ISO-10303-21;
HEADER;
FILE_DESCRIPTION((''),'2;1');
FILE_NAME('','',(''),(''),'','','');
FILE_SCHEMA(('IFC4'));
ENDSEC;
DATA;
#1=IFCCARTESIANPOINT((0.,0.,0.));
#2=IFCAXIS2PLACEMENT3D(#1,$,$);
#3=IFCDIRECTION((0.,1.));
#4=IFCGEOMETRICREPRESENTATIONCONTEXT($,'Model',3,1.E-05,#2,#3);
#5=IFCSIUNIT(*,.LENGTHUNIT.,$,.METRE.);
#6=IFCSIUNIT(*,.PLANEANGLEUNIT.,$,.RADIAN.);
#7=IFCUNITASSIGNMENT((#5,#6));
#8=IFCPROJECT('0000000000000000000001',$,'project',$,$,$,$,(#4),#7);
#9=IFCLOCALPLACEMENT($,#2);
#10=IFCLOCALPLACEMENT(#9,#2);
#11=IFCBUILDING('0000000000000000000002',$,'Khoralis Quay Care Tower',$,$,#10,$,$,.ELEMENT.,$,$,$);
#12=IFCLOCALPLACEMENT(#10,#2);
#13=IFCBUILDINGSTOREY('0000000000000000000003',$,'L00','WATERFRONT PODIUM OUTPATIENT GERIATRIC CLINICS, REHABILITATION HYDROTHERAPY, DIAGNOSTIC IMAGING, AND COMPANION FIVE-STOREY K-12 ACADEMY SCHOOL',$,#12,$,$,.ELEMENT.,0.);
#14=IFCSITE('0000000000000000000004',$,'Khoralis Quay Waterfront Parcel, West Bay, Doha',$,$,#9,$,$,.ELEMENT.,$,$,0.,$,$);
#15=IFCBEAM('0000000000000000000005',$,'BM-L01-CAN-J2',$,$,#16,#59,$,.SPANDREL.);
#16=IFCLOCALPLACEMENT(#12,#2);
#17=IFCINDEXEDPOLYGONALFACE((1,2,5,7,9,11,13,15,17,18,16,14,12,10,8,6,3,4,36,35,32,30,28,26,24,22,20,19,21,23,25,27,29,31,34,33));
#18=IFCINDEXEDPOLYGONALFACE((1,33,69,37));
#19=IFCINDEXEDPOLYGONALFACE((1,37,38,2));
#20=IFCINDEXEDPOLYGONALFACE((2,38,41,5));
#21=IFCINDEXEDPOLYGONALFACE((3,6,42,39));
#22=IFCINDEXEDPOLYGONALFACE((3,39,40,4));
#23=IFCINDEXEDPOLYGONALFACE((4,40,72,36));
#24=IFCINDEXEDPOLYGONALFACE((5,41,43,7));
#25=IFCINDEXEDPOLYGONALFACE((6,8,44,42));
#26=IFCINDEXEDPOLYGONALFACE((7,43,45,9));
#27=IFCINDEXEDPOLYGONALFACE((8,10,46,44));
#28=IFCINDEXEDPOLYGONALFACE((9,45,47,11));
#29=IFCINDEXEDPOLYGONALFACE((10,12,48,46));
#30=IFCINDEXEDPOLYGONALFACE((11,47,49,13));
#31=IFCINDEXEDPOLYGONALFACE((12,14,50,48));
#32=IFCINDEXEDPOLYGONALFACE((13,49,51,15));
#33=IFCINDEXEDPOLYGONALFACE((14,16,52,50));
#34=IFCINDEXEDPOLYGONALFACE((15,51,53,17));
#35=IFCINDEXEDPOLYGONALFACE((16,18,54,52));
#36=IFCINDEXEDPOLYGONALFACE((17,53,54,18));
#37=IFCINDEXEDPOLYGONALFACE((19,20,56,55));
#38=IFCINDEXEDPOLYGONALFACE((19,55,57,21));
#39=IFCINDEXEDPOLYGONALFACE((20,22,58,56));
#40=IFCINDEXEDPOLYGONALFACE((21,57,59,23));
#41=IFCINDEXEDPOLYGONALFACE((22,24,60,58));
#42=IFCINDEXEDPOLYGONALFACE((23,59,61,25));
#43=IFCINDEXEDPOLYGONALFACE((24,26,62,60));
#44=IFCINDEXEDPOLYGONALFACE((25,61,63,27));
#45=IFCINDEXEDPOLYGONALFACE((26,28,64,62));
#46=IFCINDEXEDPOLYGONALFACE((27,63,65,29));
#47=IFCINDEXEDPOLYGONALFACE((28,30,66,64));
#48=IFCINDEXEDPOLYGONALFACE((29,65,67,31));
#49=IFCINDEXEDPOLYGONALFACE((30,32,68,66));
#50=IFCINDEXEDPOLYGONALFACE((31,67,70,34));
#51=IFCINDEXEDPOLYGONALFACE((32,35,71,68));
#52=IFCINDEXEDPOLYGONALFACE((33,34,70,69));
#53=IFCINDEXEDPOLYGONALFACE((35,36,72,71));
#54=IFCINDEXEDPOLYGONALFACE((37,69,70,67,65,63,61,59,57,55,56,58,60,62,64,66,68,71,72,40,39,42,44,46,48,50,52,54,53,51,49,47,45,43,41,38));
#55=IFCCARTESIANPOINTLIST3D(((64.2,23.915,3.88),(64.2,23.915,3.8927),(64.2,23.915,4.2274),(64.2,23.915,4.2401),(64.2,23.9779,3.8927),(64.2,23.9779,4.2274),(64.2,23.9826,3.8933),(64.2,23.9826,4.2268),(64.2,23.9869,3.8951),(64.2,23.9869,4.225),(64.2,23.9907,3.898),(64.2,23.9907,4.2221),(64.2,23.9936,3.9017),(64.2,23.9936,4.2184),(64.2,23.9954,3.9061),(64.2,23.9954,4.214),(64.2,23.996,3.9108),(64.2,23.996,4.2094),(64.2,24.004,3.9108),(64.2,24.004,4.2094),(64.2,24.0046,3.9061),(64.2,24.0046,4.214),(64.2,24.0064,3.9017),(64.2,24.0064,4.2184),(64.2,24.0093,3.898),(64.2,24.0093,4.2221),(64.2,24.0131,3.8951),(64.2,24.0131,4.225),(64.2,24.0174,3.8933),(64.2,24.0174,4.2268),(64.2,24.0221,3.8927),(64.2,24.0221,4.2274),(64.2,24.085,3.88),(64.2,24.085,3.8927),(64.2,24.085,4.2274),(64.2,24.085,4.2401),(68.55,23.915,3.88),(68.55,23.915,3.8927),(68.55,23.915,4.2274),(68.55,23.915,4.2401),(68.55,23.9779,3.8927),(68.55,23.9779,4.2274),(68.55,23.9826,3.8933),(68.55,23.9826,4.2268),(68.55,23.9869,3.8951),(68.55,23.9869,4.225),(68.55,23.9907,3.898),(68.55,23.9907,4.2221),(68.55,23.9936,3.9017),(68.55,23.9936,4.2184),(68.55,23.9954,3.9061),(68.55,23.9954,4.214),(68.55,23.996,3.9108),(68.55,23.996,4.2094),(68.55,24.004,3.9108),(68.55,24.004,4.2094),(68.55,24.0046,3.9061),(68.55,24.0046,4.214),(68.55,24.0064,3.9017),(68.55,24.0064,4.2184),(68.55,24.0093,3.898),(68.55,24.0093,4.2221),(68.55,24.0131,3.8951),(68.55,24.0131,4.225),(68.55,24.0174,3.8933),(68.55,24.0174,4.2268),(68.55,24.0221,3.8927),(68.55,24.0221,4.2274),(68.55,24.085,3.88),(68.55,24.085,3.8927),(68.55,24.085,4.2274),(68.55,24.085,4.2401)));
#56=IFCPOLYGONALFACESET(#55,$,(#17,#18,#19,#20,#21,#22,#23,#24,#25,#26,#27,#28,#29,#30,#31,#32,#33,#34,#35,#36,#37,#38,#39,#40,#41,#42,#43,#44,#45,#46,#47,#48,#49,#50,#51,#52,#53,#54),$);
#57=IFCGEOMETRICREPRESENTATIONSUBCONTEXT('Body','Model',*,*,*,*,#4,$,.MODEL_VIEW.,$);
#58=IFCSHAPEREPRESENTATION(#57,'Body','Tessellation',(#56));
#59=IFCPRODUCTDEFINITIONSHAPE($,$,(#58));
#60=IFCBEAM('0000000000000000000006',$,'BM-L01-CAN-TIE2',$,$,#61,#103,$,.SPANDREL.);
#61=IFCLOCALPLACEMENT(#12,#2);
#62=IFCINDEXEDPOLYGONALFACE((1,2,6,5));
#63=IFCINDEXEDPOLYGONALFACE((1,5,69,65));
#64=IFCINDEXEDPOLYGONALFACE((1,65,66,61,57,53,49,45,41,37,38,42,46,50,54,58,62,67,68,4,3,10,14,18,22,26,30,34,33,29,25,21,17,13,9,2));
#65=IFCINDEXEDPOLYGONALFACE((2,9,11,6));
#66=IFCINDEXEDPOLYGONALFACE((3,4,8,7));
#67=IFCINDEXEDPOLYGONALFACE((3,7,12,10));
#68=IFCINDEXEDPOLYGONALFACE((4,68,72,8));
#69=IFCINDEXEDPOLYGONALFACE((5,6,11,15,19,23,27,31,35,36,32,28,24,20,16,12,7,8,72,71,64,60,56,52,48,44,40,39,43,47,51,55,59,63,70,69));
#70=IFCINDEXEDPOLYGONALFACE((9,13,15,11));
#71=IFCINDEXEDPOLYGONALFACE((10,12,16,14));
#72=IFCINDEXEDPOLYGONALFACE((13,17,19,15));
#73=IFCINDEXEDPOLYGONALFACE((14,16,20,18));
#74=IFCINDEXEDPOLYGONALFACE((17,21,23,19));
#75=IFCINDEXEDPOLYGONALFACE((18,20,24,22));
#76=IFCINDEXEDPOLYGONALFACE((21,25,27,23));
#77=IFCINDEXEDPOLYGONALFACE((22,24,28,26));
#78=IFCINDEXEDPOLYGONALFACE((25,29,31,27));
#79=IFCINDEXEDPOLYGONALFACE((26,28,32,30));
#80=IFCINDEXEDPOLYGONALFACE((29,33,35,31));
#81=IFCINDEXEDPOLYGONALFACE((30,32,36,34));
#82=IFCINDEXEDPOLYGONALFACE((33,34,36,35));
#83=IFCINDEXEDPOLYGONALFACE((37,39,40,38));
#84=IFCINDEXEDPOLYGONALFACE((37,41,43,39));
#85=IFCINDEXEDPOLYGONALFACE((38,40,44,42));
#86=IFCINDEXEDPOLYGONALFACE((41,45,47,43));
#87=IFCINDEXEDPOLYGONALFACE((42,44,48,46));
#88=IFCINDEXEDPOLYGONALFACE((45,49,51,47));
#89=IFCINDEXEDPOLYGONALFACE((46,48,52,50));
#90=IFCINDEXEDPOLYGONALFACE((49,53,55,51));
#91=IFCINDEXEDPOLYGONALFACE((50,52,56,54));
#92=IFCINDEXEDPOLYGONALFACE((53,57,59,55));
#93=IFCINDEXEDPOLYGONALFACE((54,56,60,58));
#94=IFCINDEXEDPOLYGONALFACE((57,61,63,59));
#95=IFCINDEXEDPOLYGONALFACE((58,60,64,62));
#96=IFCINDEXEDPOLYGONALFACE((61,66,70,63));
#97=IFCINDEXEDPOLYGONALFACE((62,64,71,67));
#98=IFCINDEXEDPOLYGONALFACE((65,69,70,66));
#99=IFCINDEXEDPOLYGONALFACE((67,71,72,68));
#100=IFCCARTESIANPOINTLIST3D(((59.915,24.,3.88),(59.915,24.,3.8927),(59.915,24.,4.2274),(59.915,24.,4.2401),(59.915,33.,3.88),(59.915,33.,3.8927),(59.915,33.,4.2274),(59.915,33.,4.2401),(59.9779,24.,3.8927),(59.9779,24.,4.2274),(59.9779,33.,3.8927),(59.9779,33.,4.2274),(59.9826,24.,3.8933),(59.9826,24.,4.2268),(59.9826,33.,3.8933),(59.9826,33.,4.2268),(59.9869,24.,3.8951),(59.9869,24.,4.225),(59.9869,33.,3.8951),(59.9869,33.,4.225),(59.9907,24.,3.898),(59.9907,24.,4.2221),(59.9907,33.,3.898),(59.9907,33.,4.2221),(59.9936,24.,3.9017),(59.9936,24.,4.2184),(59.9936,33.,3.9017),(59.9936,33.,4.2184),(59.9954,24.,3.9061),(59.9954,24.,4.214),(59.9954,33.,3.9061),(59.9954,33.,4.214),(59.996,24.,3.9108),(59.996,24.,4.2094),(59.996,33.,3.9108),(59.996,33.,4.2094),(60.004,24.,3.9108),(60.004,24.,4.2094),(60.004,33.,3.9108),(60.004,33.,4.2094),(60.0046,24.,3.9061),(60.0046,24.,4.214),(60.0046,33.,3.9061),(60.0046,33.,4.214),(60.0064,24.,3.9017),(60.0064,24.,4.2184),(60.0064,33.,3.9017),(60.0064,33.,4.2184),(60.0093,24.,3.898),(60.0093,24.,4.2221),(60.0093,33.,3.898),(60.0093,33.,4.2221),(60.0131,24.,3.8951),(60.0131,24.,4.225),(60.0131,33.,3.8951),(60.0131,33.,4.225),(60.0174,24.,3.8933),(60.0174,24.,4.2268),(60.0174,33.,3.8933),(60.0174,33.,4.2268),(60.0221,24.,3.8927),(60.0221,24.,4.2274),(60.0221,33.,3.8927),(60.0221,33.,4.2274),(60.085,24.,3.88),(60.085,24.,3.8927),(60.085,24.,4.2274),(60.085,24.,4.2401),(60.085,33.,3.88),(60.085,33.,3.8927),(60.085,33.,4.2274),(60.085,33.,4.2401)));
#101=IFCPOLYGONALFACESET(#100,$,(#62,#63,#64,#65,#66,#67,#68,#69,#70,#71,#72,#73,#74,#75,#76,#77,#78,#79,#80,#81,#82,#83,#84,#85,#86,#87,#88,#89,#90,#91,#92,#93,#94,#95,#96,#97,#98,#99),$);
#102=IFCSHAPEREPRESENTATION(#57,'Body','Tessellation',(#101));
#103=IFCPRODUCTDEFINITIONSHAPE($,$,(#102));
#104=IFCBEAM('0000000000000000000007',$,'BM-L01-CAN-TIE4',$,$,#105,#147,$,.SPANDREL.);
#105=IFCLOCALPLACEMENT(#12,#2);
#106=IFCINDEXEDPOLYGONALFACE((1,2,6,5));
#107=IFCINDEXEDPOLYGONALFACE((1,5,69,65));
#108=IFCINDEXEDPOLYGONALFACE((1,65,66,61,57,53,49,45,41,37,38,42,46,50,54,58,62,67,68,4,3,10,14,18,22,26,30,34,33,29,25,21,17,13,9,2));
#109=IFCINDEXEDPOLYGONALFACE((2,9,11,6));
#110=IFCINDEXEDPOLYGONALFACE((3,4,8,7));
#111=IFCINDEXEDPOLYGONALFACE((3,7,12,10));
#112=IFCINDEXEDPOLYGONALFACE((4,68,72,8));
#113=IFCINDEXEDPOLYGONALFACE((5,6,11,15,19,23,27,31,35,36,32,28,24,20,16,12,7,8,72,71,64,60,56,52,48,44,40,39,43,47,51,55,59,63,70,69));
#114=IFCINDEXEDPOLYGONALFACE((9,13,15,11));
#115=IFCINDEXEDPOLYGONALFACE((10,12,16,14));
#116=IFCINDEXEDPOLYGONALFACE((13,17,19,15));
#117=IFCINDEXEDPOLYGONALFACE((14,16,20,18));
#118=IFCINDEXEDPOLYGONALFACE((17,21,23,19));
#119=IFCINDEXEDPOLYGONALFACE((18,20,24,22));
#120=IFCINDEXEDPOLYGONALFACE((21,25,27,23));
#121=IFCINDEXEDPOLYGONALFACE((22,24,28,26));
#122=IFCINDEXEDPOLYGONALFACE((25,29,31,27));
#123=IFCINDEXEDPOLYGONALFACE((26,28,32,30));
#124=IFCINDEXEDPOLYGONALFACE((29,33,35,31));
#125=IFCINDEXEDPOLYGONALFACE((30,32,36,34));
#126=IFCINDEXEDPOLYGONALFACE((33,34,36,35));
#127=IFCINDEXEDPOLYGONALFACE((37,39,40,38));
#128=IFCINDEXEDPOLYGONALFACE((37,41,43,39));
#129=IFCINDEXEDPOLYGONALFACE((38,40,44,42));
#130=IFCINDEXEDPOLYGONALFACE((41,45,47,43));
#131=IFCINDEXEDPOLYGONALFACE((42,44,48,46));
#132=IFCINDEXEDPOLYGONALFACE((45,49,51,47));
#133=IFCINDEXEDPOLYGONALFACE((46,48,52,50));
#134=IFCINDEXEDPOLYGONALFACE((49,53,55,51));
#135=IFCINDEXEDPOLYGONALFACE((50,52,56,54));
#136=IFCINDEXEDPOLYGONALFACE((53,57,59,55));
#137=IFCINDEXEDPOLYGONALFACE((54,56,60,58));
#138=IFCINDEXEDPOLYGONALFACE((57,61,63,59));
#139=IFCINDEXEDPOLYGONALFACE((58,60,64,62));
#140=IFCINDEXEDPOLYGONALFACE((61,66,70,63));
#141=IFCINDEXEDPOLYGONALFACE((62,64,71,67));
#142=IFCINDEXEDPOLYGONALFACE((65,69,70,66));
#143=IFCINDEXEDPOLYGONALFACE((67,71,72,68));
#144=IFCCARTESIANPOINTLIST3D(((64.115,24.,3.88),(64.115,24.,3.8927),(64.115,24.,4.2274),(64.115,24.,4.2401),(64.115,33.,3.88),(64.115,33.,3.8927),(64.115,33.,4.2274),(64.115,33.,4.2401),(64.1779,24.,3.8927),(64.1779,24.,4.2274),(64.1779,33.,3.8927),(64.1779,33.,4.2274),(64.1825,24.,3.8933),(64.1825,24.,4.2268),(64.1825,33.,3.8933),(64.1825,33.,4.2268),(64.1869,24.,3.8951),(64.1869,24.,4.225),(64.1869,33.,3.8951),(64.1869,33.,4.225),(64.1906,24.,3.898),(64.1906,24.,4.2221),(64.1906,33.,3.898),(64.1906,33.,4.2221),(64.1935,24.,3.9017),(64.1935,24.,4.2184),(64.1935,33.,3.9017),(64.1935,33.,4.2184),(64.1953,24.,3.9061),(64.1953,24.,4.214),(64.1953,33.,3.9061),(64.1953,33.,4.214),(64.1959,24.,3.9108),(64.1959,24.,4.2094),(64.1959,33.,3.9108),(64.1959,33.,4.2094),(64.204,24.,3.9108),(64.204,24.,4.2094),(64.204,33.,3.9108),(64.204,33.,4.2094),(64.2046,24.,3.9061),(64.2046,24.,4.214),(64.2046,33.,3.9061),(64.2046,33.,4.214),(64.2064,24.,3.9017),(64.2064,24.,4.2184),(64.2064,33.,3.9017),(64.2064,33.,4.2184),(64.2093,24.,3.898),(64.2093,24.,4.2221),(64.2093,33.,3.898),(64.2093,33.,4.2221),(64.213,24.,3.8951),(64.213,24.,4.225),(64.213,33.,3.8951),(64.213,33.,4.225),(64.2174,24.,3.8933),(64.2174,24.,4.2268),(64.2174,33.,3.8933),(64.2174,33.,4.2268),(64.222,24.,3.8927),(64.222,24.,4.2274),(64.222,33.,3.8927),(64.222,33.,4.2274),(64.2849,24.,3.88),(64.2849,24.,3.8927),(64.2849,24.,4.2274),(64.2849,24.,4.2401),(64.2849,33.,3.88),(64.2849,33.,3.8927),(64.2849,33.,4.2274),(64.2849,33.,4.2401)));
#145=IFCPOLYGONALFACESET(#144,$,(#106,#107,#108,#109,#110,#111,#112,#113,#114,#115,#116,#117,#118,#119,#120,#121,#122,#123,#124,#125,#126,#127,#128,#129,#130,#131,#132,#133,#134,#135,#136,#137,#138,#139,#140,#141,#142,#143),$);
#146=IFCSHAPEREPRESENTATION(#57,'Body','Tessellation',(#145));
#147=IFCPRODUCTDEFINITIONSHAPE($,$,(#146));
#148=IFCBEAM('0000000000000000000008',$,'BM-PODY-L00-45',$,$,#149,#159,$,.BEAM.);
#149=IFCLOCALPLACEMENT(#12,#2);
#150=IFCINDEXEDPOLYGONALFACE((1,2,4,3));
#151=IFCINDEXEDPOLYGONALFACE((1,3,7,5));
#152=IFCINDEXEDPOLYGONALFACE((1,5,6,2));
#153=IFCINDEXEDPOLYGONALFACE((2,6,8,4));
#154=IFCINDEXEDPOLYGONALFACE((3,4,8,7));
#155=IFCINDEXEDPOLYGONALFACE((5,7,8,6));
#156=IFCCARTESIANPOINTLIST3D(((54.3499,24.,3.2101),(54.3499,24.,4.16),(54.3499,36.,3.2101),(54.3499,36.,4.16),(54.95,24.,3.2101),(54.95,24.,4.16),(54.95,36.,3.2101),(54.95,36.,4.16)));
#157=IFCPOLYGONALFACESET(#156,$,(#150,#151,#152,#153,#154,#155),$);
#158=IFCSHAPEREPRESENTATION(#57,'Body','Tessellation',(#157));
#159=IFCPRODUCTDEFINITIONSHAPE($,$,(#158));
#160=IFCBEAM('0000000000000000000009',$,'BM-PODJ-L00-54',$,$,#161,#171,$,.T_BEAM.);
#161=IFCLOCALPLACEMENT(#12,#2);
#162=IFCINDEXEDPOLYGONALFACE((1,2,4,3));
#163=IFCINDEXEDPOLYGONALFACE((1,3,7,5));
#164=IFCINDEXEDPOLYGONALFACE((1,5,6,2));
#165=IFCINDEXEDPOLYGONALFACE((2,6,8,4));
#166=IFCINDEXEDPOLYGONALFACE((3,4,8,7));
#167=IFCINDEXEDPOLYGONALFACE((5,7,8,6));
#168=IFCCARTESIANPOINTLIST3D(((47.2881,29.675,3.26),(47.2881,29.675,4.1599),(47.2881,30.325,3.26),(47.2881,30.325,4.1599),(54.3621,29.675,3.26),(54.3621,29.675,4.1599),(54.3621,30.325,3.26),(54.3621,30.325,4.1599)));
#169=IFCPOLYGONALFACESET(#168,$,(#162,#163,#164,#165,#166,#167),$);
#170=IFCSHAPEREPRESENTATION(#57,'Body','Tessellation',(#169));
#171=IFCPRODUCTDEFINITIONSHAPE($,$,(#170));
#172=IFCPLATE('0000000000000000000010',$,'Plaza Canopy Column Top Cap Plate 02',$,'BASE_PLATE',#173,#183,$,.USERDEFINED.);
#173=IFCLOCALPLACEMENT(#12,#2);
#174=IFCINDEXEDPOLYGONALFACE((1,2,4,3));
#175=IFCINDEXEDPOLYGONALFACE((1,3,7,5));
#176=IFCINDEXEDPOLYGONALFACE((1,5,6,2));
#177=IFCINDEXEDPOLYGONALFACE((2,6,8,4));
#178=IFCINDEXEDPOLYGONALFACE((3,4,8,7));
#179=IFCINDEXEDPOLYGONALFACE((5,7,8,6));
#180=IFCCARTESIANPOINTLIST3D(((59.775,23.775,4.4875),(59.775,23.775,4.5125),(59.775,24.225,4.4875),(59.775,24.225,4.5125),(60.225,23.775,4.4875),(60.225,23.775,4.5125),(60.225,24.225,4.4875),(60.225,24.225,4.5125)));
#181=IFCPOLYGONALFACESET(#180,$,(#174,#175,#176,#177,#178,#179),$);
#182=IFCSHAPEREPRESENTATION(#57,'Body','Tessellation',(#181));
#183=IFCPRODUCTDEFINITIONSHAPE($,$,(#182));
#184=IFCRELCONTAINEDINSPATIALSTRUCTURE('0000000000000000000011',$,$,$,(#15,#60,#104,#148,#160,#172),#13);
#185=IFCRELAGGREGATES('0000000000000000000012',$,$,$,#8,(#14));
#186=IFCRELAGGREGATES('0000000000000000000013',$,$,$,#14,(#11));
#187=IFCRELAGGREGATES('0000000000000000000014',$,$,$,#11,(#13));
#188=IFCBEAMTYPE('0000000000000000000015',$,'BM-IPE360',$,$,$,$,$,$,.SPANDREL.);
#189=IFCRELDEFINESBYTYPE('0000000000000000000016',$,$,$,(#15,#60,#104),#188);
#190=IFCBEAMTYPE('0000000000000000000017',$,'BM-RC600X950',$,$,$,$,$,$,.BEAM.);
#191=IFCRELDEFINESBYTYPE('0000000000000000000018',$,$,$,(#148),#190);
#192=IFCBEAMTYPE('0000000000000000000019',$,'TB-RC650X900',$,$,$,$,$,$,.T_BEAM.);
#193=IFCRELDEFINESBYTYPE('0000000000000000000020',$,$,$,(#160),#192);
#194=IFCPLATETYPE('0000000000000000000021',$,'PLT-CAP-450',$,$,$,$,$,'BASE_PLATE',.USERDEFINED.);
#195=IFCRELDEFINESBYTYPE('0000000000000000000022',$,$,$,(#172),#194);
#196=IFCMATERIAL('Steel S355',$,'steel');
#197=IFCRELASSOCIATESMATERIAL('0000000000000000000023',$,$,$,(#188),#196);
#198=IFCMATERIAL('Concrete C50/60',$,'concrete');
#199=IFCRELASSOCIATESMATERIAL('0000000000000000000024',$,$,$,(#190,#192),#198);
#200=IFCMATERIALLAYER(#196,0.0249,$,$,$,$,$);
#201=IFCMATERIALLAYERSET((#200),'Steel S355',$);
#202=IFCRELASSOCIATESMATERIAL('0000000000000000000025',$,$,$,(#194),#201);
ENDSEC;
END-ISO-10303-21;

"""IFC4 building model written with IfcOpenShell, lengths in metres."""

from ifc_helpers import new_model, si_unit, direction, frame, origin, origin_2d, place, context, subcontext, project, spatial, rectangle, i_section, extrude, source, transform, mapped, material, layer, layer_set, material_profile, profile_set, type_object, element, save


model = new_model("IFC4")

# Units and contexts
model_context = context("Model", 3, precision=1e-05, world=origin(), true_north=direction((0.0, 1.0)))
body_context = subcontext(model_context, "Body", "Model", "MODEL_VIEW")
ifc_project = project(units=[si_unit("LENGTHUNIT", "METRE"), si_unit("PLANEANGLEUNIT", "RADIAN")], contexts=[model_context])

# Site, building, storey
site_placement = place(None, origin())
site = spatial("IfcSite", under=ifc_project, at=site_placement, Name="Khoralis Quay Waterfront Parcel, West Bay, Doha", CompositionType="ELEMENT", RefElevation=0.0)
building_placement = place(site_placement, origin())
building = spatial("IfcBuilding", under=site, at=building_placement, Name="Khoralis Quay Care Tower", CompositionType="ELEMENT")
storey_placement = place(building_placement, origin())
storey = spatial("IfcBuildingStorey", under=building, at=storey_placement, Name="L00", Description="WATERFRONT PODIUM OUTPATIENT GERIATRIC CLINICS, REHABILITATION HYDROTHERAPY, DIAGNOSTIC IMAGING, AND COMPANION FIVE-STOREY K-12 ACADEMY SCHOOL", CompositionType="ELEMENT", Elevation=0.0)

# Shared definitions
ifc_material_1 = material(Name="Steel S355", Category="steel")

# Beams
ifc_material_profile_1 = material_profile(ifc_material_1, i_section(OverallWidth=0.1699, OverallDepth=0.3601, WebThickness=0.0081, FlangeThickness=0.0127, FilletRadius=0.0181, at=origin_2d()), Name="Steel S355")
ifc_profile_set_1 = profile_set([ifc_material_profile_1], Name="Steel S355")
beam_type_1 = type_object("IfcBeamType", Name="BM-IPE360", PredefinedType="SPANDREL", material=ifc_profile_set_1)
shared_shape_1 = source(origin(), body_context, "Body", "SweptSolid", [
    extrude(i_section(OverallWidth=0.1699, OverallDepth=0.3601, WebThickness=0.0081, FlangeThickness=0.0127, FilletRadius=0.0181, at=origin_2d()), origin(), (0.0, 0.0, 1.0), 4.3501),
])
beam_1_placement = place(storey_placement, frame((64.2, 24.0, 4.0601), z_axis=(1.0, 0.0, 0.0), x_axis=(0.0, 1.0, 0.0)))
element("IfcBeam", 1, at=beam_1_placement, inside=storey, type_object=beam_type_1, Name="BM-L01-CAN-J2", PredefinedType="SPANDREL", context=body_context, shape_type="MappedRepresentation", body=[
    mapped(shared_shape_1, transform((0.0, 0.0, 0.0), scale=1.0)),
])
shared_shape_2 = source(origin(), body_context, "Body", "SweptSolid", [
    extrude(i_section(OverallWidth=0.1699, OverallDepth=0.3601, WebThickness=0.0081, FlangeThickness=0.0127, FilletRadius=0.0181, at=origin_2d()), origin(), (0.0, 0.0, 1.0), 9.0),
])
for number, where, z_axis, x_axis, name in (
    (2, (60.0, 24.0, 4.0601), (0.0, 1.0, 0.0), (-1.0, 0.0, 0.0), "BM-L01-CAN-TIE2"),
    (3, (64.2, 24.0, 4.0601), (0.0, 1.0, 0.0), (-1.0, 0.0, 0.0), "BM-L01-CAN-TIE4"),
):
    element("IfcBeam", number, at=place(storey_placement, frame(where, z_axis=z_axis, x_axis=x_axis)), inside=storey, type_object=beam_type_1, Name=name, PredefinedType="SPANDREL", context=body_context, shape_type="MappedRepresentation", body=[
        mapped(shared_shape_2, transform((0.0, 0.0, 0.0), scale=1.0)),
    ])
ifc_material_2 = material(Name="Concrete C50/60", Category="concrete")
ifc_material_profile_2 = material_profile(ifc_material_2, rectangle(XDim=0.6001, YDim=0.95, at=origin_2d()), Name="Concrete C50/60")
ifc_profile_set_2 = profile_set([ifc_material_profile_2], Name="Concrete C50/60")
beam_type_2 = type_object("IfcBeamType", Name="BM-RC600X950", PredefinedType="BEAM", material=ifc_profile_set_2)
shared_shape_3 = source(origin(), body_context, "Body", "SweptSolid", [
    extrude(rectangle(XDim=0.6001, YDim=0.95, at=origin_2d()), origin(), (0.0, 0.0, 1.0), 12.0),
])
beam_2_placement = place(storey_placement, frame((54.6499, 24.0, 3.6851), z_axis=(0.0, 1.0, 0.0), x_axis=(-1.0, 0.0, 0.0)))
element("IfcBeam", 4, at=beam_2_placement, inside=storey, type_object=beam_type_2, Name="BM-PODY-L00-45", PredefinedType="BEAM", context=body_context, shape_type="MappedRepresentation", body=[
    mapped(shared_shape_3, transform((0.0, 0.0, 0.0), scale=1.0)),
])
ifc_material_profile_3 = material_profile(ifc_material_2, rectangle(XDim=0.6499, YDim=0.8999, at=origin_2d()), Name="Concrete C50/60")
ifc_profile_set_3 = profile_set([ifc_material_profile_3], Name="Concrete C50/60")
beam_type_3 = type_object("IfcBeamType", Name="TB-RC650X900", PredefinedType="T_BEAM", material=ifc_profile_set_3)
shared_shape_4 = source(origin(), body_context, "Body", "SweptSolid", [
    extrude(rectangle(XDim=0.6499, YDim=0.8999, at=origin_2d()), origin(), (0.0, 0.0, 1.0), 7.074),
])
beam_3_placement = place(storey_placement, frame((47.2881, 30.0, 3.71), z_axis=(1.0, 0.0, 0.0), x_axis=(0.0, 1.0, 0.0)))
element("IfcBeam", 5, at=beam_3_placement, inside=storey, type_object=beam_type_3, Name="BM-PODJ-L00-54", PredefinedType="T_BEAM", context=body_context, shape_type="MappedRepresentation", body=[
    mapped(shared_shape_4, transform((0.0, 0.0, 0.0), scale=1.0)),
])

# Plate
ifc_layer = layer(ifc_material_1, 0.0249)
ifc_layer_set = layer_set([ifc_layer], Name="Steel S355")
plate_type = type_object("IfcPlateType", Name="PLT-CAP-450", ElementType="BASE_PLATE", PredefinedType="USERDEFINED", material=ifc_layer_set)
shared_shape_5 = source(origin(), body_context, "Body", "SweptSolid", [
    extrude(rectangle(XDim=0.45, YDim=0.45, at=origin_2d()), origin(), (0.0, 0.0, 1.0), 0.0249),
])
for number, where, z_axis, x_axis, name in (
    (6, (60.0, 24.0, 4.4875), (0.0, 0.0, 1.0), (1.0, 0.0, 0.0), "Plaza Canopy Column Top Cap Plate 02"),
):
    element("IfcPlate", number, at=place(storey_placement, frame(where, z_axis=z_axis, x_axis=x_axis)), inside=storey, type_object=plate_type, Name=name, ObjectType="BASE_PLATE", PredefinedType="USERDEFINED", context=body_context, shape_type="MappedRepresentation", body=[
        mapped(shared_shape_5, transform((0.0, 0.0, 0.0), scale=1.0)),
    ])

save(model, "model.ifc")
